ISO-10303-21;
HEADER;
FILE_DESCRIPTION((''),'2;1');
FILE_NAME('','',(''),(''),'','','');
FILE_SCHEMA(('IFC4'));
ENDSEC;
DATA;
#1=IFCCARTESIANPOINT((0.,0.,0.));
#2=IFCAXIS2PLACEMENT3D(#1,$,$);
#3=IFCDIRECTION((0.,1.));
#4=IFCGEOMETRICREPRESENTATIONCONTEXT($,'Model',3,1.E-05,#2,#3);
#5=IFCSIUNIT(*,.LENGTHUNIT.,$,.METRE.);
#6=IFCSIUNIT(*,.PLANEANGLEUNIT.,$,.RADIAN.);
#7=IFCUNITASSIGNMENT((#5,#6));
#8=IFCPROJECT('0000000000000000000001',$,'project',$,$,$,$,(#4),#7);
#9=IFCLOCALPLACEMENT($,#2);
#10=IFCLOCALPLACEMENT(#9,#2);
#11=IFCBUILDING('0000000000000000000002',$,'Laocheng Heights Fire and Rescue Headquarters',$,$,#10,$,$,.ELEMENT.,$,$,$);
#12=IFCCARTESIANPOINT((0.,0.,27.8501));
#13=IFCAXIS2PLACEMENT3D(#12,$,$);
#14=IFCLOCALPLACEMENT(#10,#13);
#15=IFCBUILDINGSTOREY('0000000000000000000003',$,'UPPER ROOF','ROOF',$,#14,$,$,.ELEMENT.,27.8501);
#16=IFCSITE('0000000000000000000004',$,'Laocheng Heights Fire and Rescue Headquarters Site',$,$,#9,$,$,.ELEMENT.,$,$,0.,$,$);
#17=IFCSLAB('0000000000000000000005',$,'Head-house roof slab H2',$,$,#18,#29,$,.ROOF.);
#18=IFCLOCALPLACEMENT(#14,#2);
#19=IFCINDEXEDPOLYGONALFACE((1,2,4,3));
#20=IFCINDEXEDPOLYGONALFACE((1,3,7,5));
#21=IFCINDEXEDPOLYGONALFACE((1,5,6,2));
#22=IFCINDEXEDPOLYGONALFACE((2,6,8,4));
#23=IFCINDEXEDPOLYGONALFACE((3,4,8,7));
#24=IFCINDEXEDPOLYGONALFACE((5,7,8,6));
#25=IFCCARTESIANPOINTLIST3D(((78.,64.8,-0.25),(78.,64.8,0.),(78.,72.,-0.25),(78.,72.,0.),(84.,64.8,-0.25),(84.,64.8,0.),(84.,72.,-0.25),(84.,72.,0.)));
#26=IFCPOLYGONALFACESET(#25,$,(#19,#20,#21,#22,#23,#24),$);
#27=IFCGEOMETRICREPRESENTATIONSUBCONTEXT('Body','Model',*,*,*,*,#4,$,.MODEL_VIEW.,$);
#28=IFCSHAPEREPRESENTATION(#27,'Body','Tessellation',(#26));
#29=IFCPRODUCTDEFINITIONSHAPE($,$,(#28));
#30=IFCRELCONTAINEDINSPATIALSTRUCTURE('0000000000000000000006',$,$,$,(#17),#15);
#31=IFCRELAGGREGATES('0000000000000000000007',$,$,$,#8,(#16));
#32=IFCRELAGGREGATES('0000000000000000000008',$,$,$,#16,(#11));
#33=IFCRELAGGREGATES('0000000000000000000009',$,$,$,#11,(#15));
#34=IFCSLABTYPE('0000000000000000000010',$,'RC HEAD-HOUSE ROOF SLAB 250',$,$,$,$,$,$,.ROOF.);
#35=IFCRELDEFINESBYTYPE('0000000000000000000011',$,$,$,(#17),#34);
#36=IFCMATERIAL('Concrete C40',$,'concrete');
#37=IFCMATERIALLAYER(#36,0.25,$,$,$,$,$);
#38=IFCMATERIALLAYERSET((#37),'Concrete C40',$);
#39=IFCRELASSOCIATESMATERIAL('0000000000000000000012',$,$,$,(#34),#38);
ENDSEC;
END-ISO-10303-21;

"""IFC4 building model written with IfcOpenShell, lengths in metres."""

from ifc_helpers import new_model, si_unit, direction, frame, origin, place, context, subcontext, project, spatial, polyline, outline, extrude, material, layer, layer_set, type_object, element, save


model = new_model("IFC4")

# Units and contexts
model_context = context("Model", 3, precision=1e-05, world=origin(), true_north=direction((0.0, 1.0)))
body_context = subcontext(model_context, "Body", "Model", "MODEL_VIEW")
ifc_project = project(units=[si_unit("LENGTHUNIT", "METRE"), si_unit("PLANEANGLEUNIT", "RADIAN")], contexts=[model_context])

# Site, building, storey
site_placement = place(None, origin())
site = spatial("IfcSite", under=ifc_project, at=site_placement, Name="Laocheng Heights Fire and Rescue Headquarters Site", CompositionType="ELEMENT", RefElevation=0.0)
building_placement = place(site_placement, origin())
building = spatial("IfcBuilding", under=site, at=building_placement, Name="Laocheng Heights Fire and Rescue Headquarters", CompositionType="ELEMENT")
storey_placement = place(building_placement, frame((0.0, 0.0, 27.8501)))
storey = spatial("IfcBuildingStorey", under=building, at=storey_placement, Name="UPPER ROOF", Description="ROOF", CompositionType="ELEMENT", Elevation=27.8501)

# Slab
ifc_material = material(Name="Concrete C40", Category="concrete")
ifc_layer = layer(ifc_material, 0.25)
ifc_layer_set = layer_set([ifc_layer], Name="Concrete C40")
slab_type = type_object("IfcSlabType", Name="RC HEAD-HOUSE ROOF SLAB 250", PredefinedType="ROOF", material=ifc_layer_set)
slab_placement = place(storey_placement, frame((0.0, 0.0, -0.25)))
element("IfcSlab", 1, at=slab_placement, inside=storey, type_object=slab_type, Name="Head-house roof slab H2", PredefinedType="ROOF", context=body_context, shape_type="SweptSolid", body=[
    extrude(outline(polyline([(78.0, 64.8), (84.0, 64.8), (84.0, 72.0), (78.0, 72.0), (78.0, 64.8)])), origin(), (0.0, 0.0, 1.0), 0.25),
])

save(model, "model.ifc")
